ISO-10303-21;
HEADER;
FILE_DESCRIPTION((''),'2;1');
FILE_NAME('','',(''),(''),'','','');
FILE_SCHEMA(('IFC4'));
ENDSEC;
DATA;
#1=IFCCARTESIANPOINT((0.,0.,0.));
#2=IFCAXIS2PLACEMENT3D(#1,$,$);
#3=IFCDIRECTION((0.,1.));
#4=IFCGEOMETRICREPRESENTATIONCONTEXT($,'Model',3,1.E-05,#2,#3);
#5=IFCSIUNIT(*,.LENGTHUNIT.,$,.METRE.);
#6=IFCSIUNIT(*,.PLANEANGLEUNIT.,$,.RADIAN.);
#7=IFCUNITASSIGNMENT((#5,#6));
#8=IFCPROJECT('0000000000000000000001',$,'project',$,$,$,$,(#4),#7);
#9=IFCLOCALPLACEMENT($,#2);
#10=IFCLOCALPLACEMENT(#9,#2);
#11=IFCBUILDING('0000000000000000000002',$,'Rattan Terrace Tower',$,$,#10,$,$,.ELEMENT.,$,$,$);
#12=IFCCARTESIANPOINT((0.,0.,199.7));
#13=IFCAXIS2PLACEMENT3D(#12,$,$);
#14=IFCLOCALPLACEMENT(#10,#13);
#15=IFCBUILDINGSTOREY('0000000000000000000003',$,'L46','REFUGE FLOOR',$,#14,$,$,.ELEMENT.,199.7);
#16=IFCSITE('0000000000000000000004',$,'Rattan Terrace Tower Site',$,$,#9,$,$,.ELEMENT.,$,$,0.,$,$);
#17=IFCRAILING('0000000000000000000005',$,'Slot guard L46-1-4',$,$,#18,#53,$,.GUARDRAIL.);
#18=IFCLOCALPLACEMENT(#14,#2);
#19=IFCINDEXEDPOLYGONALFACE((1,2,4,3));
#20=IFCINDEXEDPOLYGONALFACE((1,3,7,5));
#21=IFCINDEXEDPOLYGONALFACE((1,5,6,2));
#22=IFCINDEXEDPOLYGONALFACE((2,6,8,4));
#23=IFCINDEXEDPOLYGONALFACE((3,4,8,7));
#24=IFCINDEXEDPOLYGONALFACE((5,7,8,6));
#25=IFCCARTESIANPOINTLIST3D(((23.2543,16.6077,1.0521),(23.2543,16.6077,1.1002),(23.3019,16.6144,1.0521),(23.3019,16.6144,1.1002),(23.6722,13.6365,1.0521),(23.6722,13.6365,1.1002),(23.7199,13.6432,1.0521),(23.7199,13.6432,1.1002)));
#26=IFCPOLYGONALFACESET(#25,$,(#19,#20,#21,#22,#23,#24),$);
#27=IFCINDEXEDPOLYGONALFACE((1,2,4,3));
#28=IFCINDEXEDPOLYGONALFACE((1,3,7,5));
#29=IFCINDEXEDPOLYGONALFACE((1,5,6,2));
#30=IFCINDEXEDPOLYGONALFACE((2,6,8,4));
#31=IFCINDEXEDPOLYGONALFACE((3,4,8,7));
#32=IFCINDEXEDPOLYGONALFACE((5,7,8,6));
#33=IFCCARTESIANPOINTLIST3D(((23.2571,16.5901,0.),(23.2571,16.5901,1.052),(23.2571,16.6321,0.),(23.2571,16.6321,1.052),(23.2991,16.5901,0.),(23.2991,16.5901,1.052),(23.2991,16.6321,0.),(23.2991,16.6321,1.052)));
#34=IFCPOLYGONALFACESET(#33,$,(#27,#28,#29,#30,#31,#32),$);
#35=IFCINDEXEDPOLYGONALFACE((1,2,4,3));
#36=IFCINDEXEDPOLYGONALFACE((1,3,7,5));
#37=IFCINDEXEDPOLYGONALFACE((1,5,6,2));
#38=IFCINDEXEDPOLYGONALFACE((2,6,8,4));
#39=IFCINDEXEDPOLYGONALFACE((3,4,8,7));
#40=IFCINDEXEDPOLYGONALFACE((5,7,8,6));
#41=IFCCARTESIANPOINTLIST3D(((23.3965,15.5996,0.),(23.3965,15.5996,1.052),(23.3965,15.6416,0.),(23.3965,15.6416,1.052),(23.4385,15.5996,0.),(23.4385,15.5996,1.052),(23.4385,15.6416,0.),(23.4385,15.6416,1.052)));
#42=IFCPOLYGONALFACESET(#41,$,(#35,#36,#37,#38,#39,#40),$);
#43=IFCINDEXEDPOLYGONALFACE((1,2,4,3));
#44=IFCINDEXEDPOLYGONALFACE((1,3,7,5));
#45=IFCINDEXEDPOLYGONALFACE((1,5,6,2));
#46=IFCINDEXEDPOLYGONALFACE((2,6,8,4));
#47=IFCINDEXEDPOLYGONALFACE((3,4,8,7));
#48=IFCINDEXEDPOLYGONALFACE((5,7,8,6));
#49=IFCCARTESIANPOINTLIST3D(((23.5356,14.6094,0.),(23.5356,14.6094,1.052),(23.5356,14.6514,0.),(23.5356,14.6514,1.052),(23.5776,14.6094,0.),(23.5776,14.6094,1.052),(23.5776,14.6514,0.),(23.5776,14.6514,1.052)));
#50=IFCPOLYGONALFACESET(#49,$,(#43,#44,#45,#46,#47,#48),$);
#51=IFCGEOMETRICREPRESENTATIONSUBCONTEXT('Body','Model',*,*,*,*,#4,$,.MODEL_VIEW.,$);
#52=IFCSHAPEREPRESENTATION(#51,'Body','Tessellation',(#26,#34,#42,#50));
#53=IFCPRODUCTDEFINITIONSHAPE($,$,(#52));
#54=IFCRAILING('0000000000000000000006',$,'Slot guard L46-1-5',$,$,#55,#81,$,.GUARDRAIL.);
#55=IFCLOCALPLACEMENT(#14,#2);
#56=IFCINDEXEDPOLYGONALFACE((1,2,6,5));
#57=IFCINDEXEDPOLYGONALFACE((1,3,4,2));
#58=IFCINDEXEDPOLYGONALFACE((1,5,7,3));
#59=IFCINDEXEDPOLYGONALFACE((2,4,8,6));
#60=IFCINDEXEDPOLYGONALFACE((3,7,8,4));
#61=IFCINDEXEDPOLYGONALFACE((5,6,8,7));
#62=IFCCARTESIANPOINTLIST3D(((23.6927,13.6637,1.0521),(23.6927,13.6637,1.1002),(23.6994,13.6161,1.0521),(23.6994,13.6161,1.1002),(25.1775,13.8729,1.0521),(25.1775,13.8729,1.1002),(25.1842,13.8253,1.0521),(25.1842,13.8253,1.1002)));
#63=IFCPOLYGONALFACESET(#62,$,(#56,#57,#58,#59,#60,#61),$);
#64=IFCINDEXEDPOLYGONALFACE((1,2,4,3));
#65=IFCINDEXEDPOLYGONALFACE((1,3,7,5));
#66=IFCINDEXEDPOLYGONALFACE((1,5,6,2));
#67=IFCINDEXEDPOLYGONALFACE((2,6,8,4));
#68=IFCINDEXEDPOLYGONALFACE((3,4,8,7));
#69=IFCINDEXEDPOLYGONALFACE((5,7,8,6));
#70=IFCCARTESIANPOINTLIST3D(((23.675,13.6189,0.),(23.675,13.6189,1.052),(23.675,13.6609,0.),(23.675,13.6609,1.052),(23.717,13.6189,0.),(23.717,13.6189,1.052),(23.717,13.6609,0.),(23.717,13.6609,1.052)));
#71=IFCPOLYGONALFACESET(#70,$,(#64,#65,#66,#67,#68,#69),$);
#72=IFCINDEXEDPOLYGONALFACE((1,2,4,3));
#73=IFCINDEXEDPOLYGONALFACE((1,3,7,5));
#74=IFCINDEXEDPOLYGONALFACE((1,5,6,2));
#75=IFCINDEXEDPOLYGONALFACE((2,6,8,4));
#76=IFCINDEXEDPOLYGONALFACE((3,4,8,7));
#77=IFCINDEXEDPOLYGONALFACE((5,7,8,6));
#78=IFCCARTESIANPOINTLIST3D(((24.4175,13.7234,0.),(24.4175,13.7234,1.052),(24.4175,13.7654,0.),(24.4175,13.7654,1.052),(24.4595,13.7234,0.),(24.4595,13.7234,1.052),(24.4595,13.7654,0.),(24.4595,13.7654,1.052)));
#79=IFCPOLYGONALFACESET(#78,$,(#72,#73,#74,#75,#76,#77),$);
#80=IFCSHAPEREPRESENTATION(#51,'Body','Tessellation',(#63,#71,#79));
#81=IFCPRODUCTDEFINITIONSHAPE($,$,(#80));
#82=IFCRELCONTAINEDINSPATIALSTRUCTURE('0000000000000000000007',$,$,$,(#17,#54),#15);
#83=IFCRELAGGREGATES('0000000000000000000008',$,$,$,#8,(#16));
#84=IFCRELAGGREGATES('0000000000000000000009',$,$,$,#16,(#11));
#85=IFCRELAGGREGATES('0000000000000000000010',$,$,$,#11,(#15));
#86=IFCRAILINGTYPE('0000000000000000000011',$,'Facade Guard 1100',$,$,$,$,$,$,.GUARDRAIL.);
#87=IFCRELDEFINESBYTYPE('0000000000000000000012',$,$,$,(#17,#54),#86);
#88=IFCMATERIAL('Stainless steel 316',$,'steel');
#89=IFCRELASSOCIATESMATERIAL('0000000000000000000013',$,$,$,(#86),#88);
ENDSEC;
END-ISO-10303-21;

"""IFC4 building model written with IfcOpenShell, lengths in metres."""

from ifc_helpers import new_model, si_unit, direction, frame, origin, origin_2d, place, context, subcontext, project, spatial, rectangle, extrude, material, type_object, element, save


model = new_model("IFC4")

# Units and contexts
model_context = context("Model", 3, precision=1e-05, world=origin(), true_north=direction((0.0, 1.0)))
body_context = subcontext(model_context, "Body", "Model", "MODEL_VIEW")
ifc_project = project(units=[si_unit("LENGTHUNIT", "METRE"), si_unit("PLANEANGLEUNIT", "RADIAN")], contexts=[model_context])

# Site, building, storey
site_placement = place(None, origin())
site = spatial("IfcSite", under=ifc_project, at=site_placement, Name="Rattan Terrace Tower Site", CompositionType="ELEMENT", RefElevation=0.0)
building_placement = place(site_placement, origin())
building = spatial("IfcBuilding", under=site, at=building_placement, Name="Rattan Terrace Tower", CompositionType="ELEMENT")
storey_placement = place(building_placement, frame((0.0, 0.0, 199.7)))
storey = spatial("IfcBuildingStorey", under=building, at=storey_placement, Name="L46", Description="REFUGE FLOOR", CompositionType="ELEMENT", Elevation=199.7)

# Railings
ifc_material_1 = material(Name="Stainless steel 316", Category="steel")
railing_type_1 = type_object("IfcRailingType", Name="Facade Guard 1100", PredefinedType="GUARDRAIL", material=ifc_material_1)
railing_1_placement = place(storey_placement, frame((23.2781, 16.6111, 0.0)))
element("IfcRailing", 1, at=railing_1_placement, inside=storey, type_object=railing_type_1, Name="Slot guard L46-1-4", PredefinedType="GUARDRAIL", context=body_context, shape_type="SweptSolid", body=[
    extrude(rectangle(XDim=0.0481, YDim=0.0481, at=origin_2d()), frame((0.0, 0.0, 1.0762), z_axis=(0.139302, -0.99025, 0.0), x_axis=(0.99025, 0.139302, 0.0)), (0.0, 0.0, 1.0), 3.0005),
    extrude(rectangle(XDim=0.042, YDim=0.042, at=origin_2d()), origin(), (0.0, 0.0, 1.0), 1.052),
    extrude(rectangle(XDim=0.042, YDim=0.042, at=origin_2d()), frame((0.1394, -0.9905, 0.0)), (0.0, 0.0, 1.0), 1.052),
    extrude(rectangle(XDim=0.042, YDim=0.042, at=origin_2d()), frame((0.2786, -1.9807, 0.0)), (0.0, 0.0, 1.0), 1.052),
])
railing_2_placement = place(storey_placement, frame((23.696, 13.6399, 0.0)))
element("IfcRailing", 2, at=railing_2_placement, inside=storey, type_object=railing_type_1, Name="Slot guard L46-1-5", PredefinedType="GUARDRAIL", context=body_context, shape_type="SweptSolid", body=[
    extrude(rectangle(XDim=0.0481, YDim=0.0481, at=origin_2d()), frame((0.0, 0.0, 1.0762), z_axis=(0.990218, 0.139529, 0.0), x_axis=(-0.139529, 0.990218, 0.0)), (0.0, 0.0, 1.0), 1.4995),
    extrude(rectangle(XDim=0.042, YDim=0.042, at=origin_2d()), origin(), (0.0, 0.0, 1.0), 1.052),
    extrude(rectangle(XDim=0.042, YDim=0.042, at=origin_2d()), frame((0.7424, 0.1045, 0.0)), (0.0, 0.0, 1.0), 1.052),
])

save(model, "model.ifc")
